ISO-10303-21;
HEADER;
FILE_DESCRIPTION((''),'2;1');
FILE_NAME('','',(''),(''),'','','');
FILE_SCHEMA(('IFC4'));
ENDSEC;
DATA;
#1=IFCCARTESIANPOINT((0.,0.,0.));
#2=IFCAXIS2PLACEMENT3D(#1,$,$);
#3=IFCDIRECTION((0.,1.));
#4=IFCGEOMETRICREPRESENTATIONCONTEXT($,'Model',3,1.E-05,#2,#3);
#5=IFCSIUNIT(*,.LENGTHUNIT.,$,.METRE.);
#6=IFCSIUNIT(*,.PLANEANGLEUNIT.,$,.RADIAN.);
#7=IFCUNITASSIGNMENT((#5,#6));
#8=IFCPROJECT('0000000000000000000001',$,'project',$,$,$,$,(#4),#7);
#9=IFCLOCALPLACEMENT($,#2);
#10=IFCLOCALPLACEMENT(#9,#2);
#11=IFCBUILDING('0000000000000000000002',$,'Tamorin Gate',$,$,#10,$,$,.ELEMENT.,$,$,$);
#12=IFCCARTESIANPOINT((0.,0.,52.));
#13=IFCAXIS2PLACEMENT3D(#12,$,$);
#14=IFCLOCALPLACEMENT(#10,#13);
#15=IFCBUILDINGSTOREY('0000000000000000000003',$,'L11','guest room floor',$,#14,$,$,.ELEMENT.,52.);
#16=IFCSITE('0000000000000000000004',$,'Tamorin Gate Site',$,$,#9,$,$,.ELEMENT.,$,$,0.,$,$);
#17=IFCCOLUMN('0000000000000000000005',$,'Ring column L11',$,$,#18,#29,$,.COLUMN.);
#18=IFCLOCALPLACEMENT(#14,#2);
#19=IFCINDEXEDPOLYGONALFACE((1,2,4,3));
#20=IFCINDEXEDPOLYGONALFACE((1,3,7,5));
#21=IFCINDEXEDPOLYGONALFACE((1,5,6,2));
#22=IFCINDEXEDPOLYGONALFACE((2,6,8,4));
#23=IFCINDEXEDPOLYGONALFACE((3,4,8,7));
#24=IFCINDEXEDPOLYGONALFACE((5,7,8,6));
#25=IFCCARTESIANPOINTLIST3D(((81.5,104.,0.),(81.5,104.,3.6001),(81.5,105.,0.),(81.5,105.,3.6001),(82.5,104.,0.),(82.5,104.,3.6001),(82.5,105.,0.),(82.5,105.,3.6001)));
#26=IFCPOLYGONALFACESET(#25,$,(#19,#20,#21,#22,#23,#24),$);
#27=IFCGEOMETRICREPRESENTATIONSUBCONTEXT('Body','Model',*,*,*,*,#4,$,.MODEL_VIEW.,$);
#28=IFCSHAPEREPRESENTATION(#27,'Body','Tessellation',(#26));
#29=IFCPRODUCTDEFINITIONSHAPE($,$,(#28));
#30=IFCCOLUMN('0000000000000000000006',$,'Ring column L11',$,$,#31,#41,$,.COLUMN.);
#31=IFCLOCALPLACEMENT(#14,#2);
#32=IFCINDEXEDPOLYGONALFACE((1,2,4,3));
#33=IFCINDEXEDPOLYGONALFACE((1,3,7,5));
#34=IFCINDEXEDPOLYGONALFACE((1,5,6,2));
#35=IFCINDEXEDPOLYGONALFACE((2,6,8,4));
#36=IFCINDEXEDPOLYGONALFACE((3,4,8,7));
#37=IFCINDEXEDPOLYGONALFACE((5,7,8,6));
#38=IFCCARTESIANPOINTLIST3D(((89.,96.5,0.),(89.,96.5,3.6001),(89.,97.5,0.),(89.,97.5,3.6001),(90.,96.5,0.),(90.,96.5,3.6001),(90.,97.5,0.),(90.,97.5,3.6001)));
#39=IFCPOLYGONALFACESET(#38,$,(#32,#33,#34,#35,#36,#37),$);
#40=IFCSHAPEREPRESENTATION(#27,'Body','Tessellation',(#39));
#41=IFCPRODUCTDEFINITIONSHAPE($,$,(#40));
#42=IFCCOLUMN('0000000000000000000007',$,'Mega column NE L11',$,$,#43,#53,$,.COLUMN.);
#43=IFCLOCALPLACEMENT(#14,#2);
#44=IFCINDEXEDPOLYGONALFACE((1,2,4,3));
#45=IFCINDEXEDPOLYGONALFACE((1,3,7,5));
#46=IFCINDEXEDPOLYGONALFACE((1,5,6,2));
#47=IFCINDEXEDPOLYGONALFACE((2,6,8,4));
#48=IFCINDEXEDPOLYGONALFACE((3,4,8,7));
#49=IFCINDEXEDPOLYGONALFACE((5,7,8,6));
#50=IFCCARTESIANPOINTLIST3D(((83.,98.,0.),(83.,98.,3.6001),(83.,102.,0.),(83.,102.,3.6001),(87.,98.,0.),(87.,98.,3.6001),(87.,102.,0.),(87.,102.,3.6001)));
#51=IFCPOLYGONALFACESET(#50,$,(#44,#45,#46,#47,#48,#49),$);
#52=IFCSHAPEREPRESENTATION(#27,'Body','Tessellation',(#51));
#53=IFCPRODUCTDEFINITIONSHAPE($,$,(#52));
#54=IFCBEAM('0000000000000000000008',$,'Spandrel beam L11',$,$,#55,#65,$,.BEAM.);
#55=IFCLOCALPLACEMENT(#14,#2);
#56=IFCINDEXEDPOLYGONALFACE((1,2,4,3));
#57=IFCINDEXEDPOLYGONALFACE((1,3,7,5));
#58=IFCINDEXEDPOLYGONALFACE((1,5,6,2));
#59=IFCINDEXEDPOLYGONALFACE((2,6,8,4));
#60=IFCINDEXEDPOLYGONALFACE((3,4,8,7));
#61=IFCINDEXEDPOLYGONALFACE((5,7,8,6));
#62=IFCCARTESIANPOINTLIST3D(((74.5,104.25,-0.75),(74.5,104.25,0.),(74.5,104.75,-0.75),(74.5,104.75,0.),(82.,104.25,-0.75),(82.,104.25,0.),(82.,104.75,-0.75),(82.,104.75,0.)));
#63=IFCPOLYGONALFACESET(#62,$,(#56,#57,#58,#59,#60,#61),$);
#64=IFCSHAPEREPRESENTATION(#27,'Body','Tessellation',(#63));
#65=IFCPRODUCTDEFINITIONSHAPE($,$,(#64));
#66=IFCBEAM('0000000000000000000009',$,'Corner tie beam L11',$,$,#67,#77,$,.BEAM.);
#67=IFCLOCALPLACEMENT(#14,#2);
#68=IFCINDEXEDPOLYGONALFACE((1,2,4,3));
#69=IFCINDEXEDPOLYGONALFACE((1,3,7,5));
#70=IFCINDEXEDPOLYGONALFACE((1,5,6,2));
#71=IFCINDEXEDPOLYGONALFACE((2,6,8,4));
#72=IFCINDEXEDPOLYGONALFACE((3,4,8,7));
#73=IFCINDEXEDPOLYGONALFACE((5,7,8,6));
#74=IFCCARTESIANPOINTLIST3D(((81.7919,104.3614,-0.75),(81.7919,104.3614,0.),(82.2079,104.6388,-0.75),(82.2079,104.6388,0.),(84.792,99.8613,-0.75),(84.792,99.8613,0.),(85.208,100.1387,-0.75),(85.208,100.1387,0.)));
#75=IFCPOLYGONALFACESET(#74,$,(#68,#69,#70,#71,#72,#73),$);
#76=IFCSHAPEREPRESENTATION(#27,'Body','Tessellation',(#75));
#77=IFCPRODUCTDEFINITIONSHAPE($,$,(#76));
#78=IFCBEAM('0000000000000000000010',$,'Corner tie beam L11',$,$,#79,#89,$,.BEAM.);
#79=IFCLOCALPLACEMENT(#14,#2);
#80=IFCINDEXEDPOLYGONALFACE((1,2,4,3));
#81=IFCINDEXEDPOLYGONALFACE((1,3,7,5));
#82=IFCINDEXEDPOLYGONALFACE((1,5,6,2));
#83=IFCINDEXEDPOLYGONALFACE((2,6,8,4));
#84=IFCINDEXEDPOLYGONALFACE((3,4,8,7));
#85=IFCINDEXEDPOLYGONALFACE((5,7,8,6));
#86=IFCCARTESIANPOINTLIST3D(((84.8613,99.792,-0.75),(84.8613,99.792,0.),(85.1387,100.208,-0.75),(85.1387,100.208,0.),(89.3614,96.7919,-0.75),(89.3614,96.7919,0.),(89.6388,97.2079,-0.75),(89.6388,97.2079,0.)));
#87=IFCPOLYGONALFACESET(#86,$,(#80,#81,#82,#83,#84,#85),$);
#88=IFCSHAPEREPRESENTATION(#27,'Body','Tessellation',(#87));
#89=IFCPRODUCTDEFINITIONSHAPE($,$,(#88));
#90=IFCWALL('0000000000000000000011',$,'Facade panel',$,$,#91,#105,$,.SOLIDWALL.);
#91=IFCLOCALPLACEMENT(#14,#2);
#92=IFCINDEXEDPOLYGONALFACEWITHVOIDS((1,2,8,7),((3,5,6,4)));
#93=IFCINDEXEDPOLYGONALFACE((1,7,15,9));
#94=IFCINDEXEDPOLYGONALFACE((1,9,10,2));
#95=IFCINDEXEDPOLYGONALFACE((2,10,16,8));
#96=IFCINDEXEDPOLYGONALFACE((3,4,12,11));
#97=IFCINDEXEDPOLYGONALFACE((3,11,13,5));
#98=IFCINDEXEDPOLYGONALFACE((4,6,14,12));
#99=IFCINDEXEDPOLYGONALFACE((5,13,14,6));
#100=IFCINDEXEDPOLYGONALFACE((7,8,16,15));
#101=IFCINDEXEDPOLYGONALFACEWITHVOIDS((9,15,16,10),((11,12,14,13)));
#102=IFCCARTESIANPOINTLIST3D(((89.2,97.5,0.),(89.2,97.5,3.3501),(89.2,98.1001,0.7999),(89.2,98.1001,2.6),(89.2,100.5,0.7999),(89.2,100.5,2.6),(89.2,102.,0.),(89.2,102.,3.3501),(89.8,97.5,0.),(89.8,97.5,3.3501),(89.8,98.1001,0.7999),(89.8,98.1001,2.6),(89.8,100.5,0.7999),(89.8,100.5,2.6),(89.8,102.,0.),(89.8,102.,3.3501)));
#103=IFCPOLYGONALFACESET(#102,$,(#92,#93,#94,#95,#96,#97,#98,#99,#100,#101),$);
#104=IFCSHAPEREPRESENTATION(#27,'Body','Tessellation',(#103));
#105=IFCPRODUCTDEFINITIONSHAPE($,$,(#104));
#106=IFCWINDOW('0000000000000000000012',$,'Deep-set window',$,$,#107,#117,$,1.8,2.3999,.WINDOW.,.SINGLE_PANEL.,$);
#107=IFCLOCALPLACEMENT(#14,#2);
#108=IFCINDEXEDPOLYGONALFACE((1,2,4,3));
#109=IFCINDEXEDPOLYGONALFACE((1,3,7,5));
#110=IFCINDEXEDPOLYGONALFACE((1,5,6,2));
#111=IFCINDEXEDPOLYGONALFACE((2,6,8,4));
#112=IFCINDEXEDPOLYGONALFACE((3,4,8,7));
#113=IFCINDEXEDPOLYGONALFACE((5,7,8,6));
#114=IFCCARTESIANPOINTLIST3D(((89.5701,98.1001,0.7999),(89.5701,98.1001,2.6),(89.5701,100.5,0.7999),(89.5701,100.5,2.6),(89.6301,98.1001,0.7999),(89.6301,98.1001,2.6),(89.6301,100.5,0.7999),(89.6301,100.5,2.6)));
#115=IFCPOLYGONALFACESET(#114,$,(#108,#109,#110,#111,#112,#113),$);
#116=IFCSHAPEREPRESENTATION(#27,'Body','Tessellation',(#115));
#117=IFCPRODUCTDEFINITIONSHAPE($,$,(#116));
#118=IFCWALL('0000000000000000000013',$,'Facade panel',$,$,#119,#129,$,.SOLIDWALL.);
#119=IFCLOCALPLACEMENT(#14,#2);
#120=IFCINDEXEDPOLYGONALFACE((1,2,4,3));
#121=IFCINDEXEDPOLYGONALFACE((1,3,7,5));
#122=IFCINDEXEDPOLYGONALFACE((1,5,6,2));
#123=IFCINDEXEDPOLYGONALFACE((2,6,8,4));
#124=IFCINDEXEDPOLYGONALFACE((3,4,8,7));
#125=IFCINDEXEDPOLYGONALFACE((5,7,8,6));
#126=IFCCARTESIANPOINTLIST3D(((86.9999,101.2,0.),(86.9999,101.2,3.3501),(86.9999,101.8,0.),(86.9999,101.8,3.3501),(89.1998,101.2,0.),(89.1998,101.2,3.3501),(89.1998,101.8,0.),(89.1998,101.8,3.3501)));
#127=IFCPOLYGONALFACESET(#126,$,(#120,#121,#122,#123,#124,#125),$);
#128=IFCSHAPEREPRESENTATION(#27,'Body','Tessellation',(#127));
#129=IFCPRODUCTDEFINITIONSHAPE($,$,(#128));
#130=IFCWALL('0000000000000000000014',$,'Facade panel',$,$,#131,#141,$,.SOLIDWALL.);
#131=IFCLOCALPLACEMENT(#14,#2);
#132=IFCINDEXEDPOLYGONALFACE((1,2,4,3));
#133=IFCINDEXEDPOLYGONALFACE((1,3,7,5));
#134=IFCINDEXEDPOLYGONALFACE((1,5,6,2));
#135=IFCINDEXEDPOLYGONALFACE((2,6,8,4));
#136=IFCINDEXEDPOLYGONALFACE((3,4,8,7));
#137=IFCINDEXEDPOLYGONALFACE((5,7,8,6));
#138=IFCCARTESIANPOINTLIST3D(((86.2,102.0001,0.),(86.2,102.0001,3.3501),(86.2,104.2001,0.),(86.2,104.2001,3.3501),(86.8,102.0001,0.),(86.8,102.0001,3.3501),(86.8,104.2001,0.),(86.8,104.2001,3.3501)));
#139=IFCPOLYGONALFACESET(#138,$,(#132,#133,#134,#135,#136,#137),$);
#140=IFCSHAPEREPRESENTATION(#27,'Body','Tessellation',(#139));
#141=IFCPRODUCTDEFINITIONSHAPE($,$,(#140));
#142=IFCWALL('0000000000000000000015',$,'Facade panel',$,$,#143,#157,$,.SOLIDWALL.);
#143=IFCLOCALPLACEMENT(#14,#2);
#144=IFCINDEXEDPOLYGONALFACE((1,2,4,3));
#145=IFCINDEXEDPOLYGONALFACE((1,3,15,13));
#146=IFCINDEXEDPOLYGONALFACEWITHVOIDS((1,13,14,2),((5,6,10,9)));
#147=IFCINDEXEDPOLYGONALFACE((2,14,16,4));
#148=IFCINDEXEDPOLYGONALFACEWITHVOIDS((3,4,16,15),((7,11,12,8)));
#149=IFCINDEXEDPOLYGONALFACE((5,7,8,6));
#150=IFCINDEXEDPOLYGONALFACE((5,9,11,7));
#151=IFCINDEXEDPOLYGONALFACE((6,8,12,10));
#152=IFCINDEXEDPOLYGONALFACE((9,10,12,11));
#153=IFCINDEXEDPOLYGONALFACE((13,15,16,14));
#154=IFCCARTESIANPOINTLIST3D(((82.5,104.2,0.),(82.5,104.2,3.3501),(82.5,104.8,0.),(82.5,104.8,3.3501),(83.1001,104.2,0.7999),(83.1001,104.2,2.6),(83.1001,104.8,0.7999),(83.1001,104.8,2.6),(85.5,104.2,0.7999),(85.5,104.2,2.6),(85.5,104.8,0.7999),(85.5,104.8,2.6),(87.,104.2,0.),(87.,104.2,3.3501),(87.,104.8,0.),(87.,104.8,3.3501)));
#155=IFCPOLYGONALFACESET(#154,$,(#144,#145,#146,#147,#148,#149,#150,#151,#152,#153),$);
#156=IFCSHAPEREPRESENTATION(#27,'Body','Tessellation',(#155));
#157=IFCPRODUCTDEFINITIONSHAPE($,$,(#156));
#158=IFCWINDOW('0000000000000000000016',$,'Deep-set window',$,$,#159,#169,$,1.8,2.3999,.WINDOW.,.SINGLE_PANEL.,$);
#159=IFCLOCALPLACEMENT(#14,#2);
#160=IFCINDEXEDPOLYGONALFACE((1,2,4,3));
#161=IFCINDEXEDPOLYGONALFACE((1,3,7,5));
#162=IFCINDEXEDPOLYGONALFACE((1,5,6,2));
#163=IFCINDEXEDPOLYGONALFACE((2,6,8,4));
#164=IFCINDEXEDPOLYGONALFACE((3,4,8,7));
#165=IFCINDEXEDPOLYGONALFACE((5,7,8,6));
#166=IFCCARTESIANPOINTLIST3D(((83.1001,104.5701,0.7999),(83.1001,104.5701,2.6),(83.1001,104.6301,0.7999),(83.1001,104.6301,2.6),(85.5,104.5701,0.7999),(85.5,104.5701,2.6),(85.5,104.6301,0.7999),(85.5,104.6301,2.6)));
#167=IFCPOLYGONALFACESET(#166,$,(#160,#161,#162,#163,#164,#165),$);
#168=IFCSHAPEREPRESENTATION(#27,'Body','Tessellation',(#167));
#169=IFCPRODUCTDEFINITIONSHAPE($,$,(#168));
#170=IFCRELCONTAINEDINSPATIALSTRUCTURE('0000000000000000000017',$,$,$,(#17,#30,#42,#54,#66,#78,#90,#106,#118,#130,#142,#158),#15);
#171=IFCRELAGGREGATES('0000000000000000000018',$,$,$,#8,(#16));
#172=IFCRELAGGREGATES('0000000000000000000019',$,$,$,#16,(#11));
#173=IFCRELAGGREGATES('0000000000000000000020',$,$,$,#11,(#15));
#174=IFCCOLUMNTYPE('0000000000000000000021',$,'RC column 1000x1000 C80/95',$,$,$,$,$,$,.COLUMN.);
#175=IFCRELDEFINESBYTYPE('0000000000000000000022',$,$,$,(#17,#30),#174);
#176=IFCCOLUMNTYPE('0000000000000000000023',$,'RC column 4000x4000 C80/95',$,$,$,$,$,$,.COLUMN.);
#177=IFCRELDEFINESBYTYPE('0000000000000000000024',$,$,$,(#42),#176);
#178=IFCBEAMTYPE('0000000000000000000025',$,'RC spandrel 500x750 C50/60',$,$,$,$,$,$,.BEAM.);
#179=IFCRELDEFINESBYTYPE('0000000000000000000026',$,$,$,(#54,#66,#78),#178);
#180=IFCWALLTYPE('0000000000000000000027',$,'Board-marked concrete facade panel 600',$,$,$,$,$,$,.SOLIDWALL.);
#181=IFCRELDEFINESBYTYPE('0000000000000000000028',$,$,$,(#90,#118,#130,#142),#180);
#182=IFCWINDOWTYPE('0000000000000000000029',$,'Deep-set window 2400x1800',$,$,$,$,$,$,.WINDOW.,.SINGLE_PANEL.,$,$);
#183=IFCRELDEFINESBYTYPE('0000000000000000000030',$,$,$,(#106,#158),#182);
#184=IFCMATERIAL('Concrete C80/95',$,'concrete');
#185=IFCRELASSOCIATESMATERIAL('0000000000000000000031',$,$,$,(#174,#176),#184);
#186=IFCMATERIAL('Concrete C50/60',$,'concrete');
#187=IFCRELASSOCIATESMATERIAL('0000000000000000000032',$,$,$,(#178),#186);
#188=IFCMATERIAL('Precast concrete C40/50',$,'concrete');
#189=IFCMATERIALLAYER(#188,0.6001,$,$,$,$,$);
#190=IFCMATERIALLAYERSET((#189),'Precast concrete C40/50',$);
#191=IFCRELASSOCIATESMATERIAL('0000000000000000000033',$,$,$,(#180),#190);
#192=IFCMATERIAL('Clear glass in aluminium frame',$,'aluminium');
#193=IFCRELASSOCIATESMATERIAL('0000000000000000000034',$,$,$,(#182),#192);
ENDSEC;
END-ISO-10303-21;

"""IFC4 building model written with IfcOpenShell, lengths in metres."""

from ifc_helpers import new_model, si_unit, direction, frame, frame_2d, origin, origin_2d, place, context, subcontext, project, spatial, rectangle, extrude, material, layer, layer_set, material_profile, profile_set, type_object, element, fill, save


model = new_model("IFC4")

# Units and contexts
model_context = context("Model", 3, precision=1e-05, world=origin(), true_north=direction((0.0, 1.0)))
body_context = subcontext(model_context, "Body", "Model", "MODEL_VIEW")
ifc_project = project(units=[si_unit("LENGTHUNIT", "METRE"), si_unit("PLANEANGLEUNIT", "RADIAN")], contexts=[model_context])

# Site, building, storey
site_placement = place(None, origin())
site = spatial("IfcSite", under=ifc_project, at=site_placement, Name="Tamorin Gate Site", CompositionType="ELEMENT", RefElevation=0.0)
building_placement = place(site_placement, origin())
building = spatial("IfcBuilding", under=site, at=building_placement, Name="Tamorin Gate", CompositionType="ELEMENT")
storey_placement = place(building_placement, frame((0.0, 0.0, 52.0)))
storey = spatial("IfcBuildingStorey", under=building, at=storey_placement, Name="L11", Description="guest room floor", CompositionType="ELEMENT", Elevation=52.0)

# Columns
ifc_material_1 = material(Name="Concrete C80/95", Category="concrete")
ifc_material_profile_1 = material_profile(ifc_material_1, rectangle(XDim=1.0, YDim=1.0, at=origin_2d()), Name="RC 1000x1000")
ifc_profile_set_1 = profile_set([ifc_material_profile_1], Name="Concrete C80/95")
column_type_1 = type_object("IfcColumnType", Name="RC column 1000x1000 C80/95", PredefinedType="COLUMN", material=ifc_profile_set_1)
for number, where, z_axis, x_axis, name in (
    (1, (82.0, 104.5, 0.0), (0.0, 0.0, 1.0), (1.0, 0.0, 0.0), "Ring column L11"),
    (2, (89.5, 97.0, 0.0), (0.0, 0.0, 1.0), (1.0, 0.0, 0.0), "Ring column L11"),
):
    element("IfcColumn", number, at=place(storey_placement, frame(where, z_axis=z_axis, x_axis=x_axis)), inside=storey, type_object=column_type_1, Name=name, PredefinedType="COLUMN", context=body_context, shape_type="SweptSolid", body=[
        extrude(rectangle(XDim=1.0, YDim=1.0, at=origin_2d()), origin(), (0.0, 0.0, 1.0), 3.6001),
    ])
ifc_material_profile_2 = material_profile(ifc_material_1, rectangle(XDim=4.0, YDim=4.0, at=origin_2d()), Name="RC 4000x4000")
ifc_profile_set_2 = profile_set([ifc_material_profile_2], Name="Concrete C80/95")
column_type_2 = type_object("IfcColumnType", Name="RC column 4000x4000 C80/95", PredefinedType="COLUMN", material=ifc_profile_set_2)
column_placement = place(storey_placement, frame((85.0, 100.0, 0.0), z_axis=(0.0, 0.0, 1.0), x_axis=(1.0, 0.0, 0.0)))
element("IfcColumn", 3, at=column_placement, inside=storey, type_object=column_type_2, Name="Mega column NE L11", PredefinedType="COLUMN", context=body_context, shape_type="SweptSolid", body=[
    extrude(rectangle(XDim=4.0, YDim=4.0, at=origin_2d()), origin(), (0.0, 0.0, 1.0), 3.6001),
])

# Beams
ifc_material_2 = material(Name="Concrete C50/60", Category="concrete")
ifc_material_profile_3 = material_profile(ifc_material_2, rectangle(XDim=0.5, YDim=0.75, at=origin_2d()), Name="RC 500x750")
ifc_profile_set_3 = profile_set([ifc_material_profile_3], Name="Concrete C50/60")
beam_type = type_object("IfcBeamType", Name="RC spandrel 500x750 C50/60", PredefinedType="BEAM", material=ifc_profile_set_3)
beam_placement = place(storey_placement, frame((82.0, 104.5, -0.375), z_axis=(-1.0, 0.0, 0.0), x_axis=(0.0, -1.0, 0.0)))
element("IfcBeam", 4, at=beam_placement, inside=storey, type_object=beam_type, Name="Spandrel beam L11", PredefinedType="BEAM", context=body_context, shape_type="SweptSolid", body=[
    extrude(rectangle(XDim=0.5, YDim=0.75, at=origin_2d()), origin(), (0.0, 0.0, 1.0), 7.5),
])
for number, where, z_axis, x_axis, name in (
    (5, (85.0, 100.0, -0.375), (-0.5547, 0.83205, 0.0), (-0.83205, -0.5547, 0.0), "Corner tie beam L11"),
    (6, (85.0, 100.0, -0.375), (0.83205, -0.5547, 0.0), (0.5547, 0.83205, 0.0), "Corner tie beam L11"),
):
    element("IfcBeam", number, at=place(storey_placement, frame(where, z_axis=z_axis, x_axis=x_axis)), inside=storey, type_object=beam_type, Name=name, PredefinedType="BEAM", context=body_context, shape_type="SweptSolid", body=[
        extrude(rectangle(XDim=0.5, YDim=0.75, at=origin_2d()), origin(), (0.0, 0.0, 1.0), 5.4084),
    ])

# Wall, opening, window
ifc_material_3 = material(Name="Precast concrete C40/50", Category="concrete")
ifc_layer_1 = layer(ifc_material_3, 0.6001)
ifc_layer_set_1 = layer_set([ifc_layer_1], Name="Precast concrete C40/50")
wall_type_1 = type_object("IfcWallType", Name="Board-marked concrete facade panel 600", PredefinedType="SOLIDWALL", material=ifc_layer_set_1)
wall_1_placement = place(storey_placement, frame((89.5, 97.5, 0.0), z_axis=(0.0, 0.0, 1.0), x_axis=(0.0, 1.0, 0.0)))
wall_1 = element("IfcWall", 7, at=wall_1_placement, inside=storey, type_object=wall_type_1, Name="Facade panel", PredefinedType="SOLIDWALL", context=body_context, shape_type="SweptSolid", body=[
    extrude(rectangle(XDim=4.5, YDim=0.6001, at=frame_2d((2.25, 0.0))), origin(), (0.0, 0.0, 1.0), 3.3501),
])
opening_1_placement = place(wall_1_placement, frame((0.6001, 0.0, 0.8)))
opening_1 = element("IfcOpeningElement", 8, at=opening_1_placement, cuts=wall_1, PredefinedType="OPENING", context=body_context, shape_type="SweptSolid", body=[
    extrude(rectangle(XDim=2.3999, YDim=1.8, at=frame_2d((1.2, 0.8999))), frame((0.0, 0.3101, 0.0), z_axis=(0.0, -1.0, 0.0), x_axis=(1.0, 0.0, 0.0)), (0.0, 0.0, 1.0), 0.6201),
])
ifc_material_4 = material(Name="Clear glass in aluminium frame", Category="aluminium")
window_type = type_object("IfcWindowType", Name="Deep-set window 2400x1800", PartitioningType="SINGLE_PANEL", PredefinedType="WINDOW", material=ifc_material_4)
window_1_placement = place(opening_1_placement, origin())
window_1 = element("IfcWindow", 9, at=window_1_placement, inside=storey, type_object=window_type, Name="Deep-set window", OverallHeight=1.8, OverallWidth=2.3999, PartitioningType="SINGLE_PANEL", PredefinedType="WINDOW", context=body_context, shape_type="SweptSolid", body=[
    extrude(rectangle(XDim=2.3999, YDim=1.8, at=frame_2d((1.2, 0.8999))), frame((0.0, -0.0701, 0.0), z_axis=(0.0, -1.0, 0.0), x_axis=(1.0, 0.0, 0.0)), (0.0, 0.0, 1.0), 0.0601),
])
fill(opening_1, window_1)

# Walls
for number, where, z_axis, x_axis, name in (
    (10, (89.2, 101.5, 0.0), (0.0, 0.0, 1.0), (-1.0, 0.0, 0.0), "Facade panel"),
    (11, (86.5, 102.0, 0.0), (0.0, 0.0, 1.0), (0.0, 1.0, 0.0), "Facade panel"),
):
    element("IfcWall", number, at=place(storey_placement, frame(where, z_axis=z_axis, x_axis=x_axis)), inside=storey, type_object=wall_type_1, Name=name, PredefinedType="SOLIDWALL", context=body_context, shape_type="SweptSolid", body=[
        extrude(rectangle(XDim=2.2, YDim=0.6001, at=frame_2d((1.1001, 0.0))), origin(), (0.0, 0.0, 1.0), 3.3501),
    ])

# Wall, opening, window
wall_2_placement = place(storey_placement, frame((87.0, 104.5, 0.0), z_axis=(0.0, 0.0, 1.0), x_axis=(-1.0, 0.0, 0.0)))
wall_2 = element("IfcWall", 12, at=wall_2_placement, inside=storey, type_object=wall_type_1, Name="Facade panel", PredefinedType="SOLIDWALL", context=body_context, shape_type="SweptSolid", body=[
    extrude(rectangle(XDim=4.5, YDim=0.6001, at=frame_2d((2.25, 0.0))), origin(), (0.0, 0.0, 1.0), 3.3501),
])
opening_2_placement = place(wall_2_placement, frame((1.5, 0.0, 0.8)))
opening_2 = element("IfcOpeningElement", 13, at=opening_2_placement, cuts=wall_2, PredefinedType="OPENING", context=body_context, shape_type="SweptSolid", body=[
    extrude(rectangle(XDim=2.3999, YDim=1.8, at=frame_2d((1.2, 0.8999))), frame((0.0, 0.3101, 0.0), z_axis=(0.0, -1.0, 0.0), x_axis=(1.0, 0.0, 0.0)), (0.0, 0.0, 1.0), 0.6201),
])
window_2_placement = place(opening_2_placement, origin())
window_2 = element("IfcWindow", 14, at=window_2_placement, inside=storey, type_object=window_type, Name="Deep-set window", OverallHeight=1.8, OverallWidth=2.3999, PartitioningType="SINGLE_PANEL", PredefinedType="WINDOW", context=body_context, shape_type="SweptSolid", body=[
    extrude(rectangle(XDim=2.3999, YDim=1.8, at=frame_2d((1.2, 0.8999))), frame((0.0, -0.0701, 0.0), z_axis=(0.0, -1.0, 0.0), x_axis=(1.0, 0.0, 0.0)), (0.0, 0.0, 1.0), 0.0601),
])
fill(opening_2, window_2)

save(model, "model.ifc")
